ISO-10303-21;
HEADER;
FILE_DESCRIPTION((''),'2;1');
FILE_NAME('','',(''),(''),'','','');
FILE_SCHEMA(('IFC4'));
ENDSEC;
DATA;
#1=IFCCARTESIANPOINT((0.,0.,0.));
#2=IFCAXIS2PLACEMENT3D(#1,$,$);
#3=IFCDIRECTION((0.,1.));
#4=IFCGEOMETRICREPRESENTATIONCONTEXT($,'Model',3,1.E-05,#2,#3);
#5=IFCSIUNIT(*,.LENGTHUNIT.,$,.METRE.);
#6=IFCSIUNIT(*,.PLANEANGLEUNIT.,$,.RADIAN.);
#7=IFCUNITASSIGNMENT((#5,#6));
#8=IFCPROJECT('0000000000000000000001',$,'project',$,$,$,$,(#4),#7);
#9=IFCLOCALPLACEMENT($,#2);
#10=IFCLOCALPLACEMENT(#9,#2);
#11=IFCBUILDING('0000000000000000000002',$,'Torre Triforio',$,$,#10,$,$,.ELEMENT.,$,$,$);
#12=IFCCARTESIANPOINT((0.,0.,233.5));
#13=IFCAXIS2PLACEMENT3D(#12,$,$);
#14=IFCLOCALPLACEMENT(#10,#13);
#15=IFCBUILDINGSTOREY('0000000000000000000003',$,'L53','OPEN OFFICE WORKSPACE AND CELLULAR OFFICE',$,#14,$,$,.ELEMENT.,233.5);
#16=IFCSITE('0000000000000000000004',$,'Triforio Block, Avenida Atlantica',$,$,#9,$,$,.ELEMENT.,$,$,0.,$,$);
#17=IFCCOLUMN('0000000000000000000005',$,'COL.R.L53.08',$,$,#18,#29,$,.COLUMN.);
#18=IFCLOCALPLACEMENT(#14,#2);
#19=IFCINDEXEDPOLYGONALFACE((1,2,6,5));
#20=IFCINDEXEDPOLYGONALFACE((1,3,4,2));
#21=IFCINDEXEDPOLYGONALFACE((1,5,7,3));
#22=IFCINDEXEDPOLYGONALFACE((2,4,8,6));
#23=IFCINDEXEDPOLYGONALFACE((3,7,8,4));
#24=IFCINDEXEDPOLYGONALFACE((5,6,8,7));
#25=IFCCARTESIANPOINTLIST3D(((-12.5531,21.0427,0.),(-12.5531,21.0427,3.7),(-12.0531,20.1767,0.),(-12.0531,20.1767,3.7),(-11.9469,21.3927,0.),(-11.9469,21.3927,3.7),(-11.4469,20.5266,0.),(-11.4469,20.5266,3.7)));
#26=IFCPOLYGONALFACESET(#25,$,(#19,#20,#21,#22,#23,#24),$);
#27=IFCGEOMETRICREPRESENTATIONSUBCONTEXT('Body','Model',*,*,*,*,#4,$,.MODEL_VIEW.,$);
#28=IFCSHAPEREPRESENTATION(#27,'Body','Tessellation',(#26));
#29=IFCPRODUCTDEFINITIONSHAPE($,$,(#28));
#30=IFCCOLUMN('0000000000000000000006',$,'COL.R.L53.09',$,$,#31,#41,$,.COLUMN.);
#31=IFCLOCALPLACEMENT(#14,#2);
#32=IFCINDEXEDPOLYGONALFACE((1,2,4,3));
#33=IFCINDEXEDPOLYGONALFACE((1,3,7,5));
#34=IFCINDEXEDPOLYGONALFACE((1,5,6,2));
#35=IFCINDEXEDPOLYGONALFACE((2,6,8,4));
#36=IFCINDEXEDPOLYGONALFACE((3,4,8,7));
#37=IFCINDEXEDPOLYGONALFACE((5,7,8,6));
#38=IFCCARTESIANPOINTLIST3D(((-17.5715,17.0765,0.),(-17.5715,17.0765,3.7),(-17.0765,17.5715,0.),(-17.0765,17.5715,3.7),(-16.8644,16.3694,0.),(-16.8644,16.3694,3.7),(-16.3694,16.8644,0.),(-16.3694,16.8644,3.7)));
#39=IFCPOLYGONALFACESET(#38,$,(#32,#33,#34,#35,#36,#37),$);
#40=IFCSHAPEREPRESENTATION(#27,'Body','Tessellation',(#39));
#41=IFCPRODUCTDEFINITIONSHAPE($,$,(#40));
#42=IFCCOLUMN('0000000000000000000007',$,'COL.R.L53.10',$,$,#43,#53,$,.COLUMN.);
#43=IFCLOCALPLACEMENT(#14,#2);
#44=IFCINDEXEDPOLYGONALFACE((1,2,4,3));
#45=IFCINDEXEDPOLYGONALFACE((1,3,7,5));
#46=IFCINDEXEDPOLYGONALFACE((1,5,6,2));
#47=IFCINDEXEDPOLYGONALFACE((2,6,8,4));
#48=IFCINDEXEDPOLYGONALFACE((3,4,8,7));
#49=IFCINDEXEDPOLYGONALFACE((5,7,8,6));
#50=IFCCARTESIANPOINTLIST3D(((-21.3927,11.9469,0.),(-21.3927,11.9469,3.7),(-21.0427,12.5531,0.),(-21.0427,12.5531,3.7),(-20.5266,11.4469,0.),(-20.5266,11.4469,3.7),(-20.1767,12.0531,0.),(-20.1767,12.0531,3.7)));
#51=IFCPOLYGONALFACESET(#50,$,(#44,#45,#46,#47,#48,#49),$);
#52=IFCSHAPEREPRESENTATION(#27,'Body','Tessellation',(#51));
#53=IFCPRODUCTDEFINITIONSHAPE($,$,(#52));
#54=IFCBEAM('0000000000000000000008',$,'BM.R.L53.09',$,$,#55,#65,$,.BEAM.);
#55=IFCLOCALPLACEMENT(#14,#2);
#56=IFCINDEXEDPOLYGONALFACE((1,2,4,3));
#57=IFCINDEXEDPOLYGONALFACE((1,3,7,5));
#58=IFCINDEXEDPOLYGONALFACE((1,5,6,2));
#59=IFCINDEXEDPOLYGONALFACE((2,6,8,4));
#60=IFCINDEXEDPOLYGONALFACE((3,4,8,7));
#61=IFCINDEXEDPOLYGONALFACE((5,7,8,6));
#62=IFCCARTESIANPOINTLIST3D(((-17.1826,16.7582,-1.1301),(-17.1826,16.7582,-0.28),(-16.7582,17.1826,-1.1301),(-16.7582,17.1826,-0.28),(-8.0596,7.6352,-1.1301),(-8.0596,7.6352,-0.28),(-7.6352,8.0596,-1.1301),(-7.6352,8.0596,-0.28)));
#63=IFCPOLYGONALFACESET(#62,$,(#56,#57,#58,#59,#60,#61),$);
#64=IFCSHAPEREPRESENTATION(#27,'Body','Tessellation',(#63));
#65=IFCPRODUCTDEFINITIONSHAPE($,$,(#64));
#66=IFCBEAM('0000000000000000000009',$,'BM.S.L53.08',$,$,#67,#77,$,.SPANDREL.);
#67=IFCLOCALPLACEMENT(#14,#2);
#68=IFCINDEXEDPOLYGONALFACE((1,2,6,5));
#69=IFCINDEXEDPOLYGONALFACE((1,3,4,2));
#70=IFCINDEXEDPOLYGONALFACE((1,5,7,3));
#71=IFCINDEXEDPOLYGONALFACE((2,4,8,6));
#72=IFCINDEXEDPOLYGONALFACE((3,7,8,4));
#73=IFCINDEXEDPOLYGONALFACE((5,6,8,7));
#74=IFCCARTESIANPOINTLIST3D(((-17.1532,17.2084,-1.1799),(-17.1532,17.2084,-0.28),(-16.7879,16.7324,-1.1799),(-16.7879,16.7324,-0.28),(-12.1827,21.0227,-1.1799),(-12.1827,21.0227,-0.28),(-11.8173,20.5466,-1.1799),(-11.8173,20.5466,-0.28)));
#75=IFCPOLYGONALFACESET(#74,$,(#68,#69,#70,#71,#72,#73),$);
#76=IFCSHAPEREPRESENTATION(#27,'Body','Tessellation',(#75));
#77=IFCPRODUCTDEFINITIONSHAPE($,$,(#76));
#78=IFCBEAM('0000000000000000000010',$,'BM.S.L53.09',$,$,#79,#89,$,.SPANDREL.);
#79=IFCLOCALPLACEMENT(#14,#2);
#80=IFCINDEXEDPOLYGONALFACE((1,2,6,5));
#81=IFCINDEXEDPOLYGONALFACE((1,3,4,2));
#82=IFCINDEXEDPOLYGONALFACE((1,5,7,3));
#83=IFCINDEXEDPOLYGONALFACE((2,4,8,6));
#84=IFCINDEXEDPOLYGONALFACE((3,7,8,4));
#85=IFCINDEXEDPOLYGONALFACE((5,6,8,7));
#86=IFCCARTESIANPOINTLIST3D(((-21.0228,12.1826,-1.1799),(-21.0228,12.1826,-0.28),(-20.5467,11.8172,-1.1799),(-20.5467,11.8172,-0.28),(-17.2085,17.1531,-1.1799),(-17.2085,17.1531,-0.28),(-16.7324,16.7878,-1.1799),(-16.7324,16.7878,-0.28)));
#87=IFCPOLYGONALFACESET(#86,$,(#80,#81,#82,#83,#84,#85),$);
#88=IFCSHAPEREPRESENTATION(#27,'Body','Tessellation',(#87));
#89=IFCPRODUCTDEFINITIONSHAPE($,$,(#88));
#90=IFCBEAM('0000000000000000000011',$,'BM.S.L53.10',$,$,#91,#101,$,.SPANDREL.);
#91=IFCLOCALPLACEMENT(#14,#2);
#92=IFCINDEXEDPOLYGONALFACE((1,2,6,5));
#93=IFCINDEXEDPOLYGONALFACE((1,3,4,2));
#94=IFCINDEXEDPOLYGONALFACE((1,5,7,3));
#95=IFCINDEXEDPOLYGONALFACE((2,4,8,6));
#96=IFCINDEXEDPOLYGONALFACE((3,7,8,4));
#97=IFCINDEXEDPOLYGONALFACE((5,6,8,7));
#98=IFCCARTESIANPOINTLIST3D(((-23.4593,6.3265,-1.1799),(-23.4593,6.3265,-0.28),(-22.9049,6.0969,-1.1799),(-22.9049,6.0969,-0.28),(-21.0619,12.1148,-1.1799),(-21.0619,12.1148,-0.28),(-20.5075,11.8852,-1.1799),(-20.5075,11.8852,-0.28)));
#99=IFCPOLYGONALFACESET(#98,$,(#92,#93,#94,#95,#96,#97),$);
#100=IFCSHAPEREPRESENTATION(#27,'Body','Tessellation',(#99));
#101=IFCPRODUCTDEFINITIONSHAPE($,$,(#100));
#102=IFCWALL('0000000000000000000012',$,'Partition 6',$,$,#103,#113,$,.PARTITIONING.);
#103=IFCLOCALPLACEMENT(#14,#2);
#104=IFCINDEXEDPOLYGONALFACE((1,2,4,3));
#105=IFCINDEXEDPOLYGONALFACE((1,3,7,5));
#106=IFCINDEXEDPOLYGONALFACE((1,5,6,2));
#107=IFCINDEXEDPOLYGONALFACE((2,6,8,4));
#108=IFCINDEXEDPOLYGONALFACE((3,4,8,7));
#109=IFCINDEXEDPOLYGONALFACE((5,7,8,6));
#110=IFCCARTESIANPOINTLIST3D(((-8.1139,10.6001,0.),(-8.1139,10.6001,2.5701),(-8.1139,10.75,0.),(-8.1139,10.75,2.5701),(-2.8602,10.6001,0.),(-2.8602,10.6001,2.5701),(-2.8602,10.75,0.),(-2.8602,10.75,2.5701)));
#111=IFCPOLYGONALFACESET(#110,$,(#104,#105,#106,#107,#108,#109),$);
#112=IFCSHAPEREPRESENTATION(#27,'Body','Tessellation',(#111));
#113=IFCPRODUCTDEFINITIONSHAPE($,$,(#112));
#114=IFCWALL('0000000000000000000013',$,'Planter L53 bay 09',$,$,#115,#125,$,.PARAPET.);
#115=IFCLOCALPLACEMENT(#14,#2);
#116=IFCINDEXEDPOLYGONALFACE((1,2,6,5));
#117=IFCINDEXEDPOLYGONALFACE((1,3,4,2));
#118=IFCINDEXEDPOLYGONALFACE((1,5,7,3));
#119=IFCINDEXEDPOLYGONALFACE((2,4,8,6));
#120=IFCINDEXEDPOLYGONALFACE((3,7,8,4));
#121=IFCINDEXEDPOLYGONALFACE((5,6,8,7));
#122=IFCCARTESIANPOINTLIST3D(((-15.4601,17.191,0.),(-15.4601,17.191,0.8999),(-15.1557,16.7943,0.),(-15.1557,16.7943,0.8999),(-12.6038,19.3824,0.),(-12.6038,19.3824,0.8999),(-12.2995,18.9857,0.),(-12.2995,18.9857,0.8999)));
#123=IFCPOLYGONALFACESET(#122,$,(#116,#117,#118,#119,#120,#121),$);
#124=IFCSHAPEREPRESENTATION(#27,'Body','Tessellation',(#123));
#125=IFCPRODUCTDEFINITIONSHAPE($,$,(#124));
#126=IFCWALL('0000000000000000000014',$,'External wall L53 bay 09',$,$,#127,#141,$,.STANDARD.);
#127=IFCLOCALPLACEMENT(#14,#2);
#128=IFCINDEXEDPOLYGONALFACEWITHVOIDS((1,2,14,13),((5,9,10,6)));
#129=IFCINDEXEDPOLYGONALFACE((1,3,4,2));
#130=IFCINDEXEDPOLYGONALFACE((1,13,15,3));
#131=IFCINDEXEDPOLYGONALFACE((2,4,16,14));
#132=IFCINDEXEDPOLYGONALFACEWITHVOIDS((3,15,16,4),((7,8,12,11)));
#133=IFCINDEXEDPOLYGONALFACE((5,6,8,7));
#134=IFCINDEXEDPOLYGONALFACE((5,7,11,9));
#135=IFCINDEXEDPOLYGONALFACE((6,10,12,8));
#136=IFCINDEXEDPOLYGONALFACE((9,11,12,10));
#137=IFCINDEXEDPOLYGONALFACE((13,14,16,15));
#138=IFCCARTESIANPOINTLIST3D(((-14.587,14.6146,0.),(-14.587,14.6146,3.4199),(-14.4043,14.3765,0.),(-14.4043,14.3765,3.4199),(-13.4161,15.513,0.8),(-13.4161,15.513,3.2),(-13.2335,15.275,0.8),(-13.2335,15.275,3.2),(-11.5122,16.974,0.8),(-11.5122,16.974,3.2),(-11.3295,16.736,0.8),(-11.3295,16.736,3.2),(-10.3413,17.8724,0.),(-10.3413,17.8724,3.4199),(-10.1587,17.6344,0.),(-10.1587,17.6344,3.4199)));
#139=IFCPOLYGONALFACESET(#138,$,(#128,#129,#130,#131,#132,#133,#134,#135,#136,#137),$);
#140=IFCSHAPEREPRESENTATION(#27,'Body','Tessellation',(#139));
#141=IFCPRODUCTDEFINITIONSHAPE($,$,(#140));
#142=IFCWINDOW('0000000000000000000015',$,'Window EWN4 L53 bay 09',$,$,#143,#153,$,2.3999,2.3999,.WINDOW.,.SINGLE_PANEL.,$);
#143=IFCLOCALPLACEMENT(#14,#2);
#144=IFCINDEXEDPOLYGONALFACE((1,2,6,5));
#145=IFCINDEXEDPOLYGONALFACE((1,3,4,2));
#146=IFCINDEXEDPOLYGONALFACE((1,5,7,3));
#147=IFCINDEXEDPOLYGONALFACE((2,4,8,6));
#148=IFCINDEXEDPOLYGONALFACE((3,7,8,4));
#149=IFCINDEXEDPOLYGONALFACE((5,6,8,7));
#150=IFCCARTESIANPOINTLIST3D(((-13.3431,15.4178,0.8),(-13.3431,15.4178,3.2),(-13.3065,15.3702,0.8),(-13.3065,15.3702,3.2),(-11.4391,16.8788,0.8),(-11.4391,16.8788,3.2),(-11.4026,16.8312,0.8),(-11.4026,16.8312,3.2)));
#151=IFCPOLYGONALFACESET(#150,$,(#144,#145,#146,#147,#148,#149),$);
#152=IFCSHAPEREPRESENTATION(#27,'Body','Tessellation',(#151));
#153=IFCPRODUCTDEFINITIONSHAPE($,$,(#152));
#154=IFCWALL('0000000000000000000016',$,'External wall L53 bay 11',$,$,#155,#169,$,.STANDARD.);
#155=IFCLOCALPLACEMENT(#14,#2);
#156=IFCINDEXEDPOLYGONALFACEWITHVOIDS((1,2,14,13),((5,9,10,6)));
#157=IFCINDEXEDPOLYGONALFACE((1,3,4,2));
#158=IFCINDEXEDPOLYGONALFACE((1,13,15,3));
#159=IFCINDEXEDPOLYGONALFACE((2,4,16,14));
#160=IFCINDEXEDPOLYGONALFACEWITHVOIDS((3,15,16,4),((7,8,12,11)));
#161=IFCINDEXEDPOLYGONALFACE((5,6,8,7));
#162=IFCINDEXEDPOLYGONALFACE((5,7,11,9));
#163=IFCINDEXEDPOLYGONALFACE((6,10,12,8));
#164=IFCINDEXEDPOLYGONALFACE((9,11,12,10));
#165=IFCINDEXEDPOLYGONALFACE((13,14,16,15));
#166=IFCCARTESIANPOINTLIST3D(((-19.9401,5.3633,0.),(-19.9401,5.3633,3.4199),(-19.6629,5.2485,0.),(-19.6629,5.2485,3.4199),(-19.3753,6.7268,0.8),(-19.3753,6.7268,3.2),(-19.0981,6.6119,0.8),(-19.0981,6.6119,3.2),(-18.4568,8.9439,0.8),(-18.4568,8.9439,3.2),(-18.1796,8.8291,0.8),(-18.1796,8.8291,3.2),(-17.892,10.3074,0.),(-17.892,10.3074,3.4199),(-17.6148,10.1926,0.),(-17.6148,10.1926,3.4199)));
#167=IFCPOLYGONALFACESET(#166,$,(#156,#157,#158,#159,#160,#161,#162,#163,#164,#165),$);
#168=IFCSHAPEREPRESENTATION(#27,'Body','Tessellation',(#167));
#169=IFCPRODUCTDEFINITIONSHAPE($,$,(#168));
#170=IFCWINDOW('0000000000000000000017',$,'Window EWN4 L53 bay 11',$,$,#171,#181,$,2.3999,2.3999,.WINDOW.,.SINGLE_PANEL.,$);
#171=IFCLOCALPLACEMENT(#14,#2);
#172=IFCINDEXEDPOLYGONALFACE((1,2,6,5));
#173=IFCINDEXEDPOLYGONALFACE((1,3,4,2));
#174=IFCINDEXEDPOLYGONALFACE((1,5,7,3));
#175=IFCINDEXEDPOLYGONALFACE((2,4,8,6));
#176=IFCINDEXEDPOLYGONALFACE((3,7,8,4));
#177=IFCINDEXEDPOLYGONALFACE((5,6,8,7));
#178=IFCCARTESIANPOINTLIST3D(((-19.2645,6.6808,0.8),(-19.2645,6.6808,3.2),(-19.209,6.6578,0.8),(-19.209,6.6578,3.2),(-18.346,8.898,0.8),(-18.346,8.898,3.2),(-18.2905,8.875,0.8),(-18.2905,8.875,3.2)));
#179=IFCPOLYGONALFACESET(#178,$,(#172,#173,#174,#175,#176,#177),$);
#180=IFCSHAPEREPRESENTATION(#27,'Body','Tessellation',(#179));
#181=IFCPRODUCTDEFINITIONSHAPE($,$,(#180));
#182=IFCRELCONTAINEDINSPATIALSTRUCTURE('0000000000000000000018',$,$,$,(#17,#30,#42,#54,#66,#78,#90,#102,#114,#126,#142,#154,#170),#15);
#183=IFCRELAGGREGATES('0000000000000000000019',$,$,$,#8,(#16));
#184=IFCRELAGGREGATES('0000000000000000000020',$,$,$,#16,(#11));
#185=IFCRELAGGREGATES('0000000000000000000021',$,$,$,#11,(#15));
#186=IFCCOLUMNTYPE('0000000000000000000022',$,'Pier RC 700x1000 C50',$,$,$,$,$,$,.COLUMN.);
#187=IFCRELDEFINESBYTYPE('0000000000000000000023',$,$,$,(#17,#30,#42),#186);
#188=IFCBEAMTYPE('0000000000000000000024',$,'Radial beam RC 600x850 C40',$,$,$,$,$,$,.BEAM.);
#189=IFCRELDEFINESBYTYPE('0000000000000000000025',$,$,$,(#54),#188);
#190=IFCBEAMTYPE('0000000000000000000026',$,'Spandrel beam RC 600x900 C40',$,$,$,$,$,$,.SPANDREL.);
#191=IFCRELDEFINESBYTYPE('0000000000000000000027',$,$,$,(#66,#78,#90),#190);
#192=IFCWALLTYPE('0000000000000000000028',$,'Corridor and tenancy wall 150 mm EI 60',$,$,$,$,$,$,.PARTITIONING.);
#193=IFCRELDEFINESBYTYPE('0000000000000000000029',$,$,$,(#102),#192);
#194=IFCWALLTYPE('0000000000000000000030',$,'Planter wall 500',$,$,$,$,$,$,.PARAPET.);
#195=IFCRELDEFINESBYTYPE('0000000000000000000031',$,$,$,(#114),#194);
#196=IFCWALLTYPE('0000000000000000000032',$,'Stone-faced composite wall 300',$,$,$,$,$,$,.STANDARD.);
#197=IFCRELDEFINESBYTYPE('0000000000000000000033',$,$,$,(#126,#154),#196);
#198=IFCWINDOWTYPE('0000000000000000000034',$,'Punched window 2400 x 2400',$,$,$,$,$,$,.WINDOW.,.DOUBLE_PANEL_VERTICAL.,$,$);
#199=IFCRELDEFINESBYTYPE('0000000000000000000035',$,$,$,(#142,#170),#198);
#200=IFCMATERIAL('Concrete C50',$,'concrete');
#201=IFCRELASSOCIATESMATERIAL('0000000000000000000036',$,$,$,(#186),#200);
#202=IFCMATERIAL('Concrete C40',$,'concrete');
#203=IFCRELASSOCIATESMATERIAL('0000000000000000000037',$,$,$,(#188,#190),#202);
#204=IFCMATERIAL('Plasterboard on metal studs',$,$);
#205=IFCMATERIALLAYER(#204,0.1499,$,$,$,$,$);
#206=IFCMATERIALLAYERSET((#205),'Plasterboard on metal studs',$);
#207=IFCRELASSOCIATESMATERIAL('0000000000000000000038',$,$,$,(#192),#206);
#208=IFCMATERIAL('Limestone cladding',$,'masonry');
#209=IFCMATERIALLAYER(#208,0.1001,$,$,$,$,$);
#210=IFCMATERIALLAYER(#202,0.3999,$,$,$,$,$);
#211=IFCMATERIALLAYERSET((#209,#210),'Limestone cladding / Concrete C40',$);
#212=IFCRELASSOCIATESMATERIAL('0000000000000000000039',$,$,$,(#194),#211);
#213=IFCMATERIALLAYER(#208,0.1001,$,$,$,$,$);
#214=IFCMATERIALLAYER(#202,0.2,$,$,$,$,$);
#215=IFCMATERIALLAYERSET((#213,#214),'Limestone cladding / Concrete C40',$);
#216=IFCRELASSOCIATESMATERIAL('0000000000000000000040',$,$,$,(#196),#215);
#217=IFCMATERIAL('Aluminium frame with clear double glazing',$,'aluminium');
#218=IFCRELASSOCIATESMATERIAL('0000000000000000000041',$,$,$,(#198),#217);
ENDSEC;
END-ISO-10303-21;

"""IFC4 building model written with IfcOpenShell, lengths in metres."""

from ifc_helpers import new_model, si_unit, direction, frame, frame_2d, origin, origin_2d, place, context, subcontext, project, spatial, rectangle, extrude, material, layer, layer_set, material_profile, profile_set, type_object, element, fill, save


model = new_model("IFC4")

# Units and contexts
model_context = context("Model", 3, precision=1e-05, world=origin(), true_north=direction((0.0, 1.0)))
body_context = subcontext(model_context, "Body", "Model", "MODEL_VIEW")
ifc_project = project(units=[si_unit("LENGTHUNIT", "METRE"), si_unit("PLANEANGLEUNIT", "RADIAN")], contexts=[model_context])

# Site, building, storey
site_placement = place(None, origin())
site = spatial("IfcSite", under=ifc_project, at=site_placement, Name="Triforio Block, Avenida Atlantica", CompositionType="ELEMENT", RefElevation=0.0)
building_placement = place(site_placement, origin())
building = spatial("IfcBuilding", under=site, at=building_placement, Name="Torre Triforio", CompositionType="ELEMENT")
storey_placement = place(building_placement, frame((0.0, 0.0, 233.5)))
storey = spatial("IfcBuildingStorey", under=building, at=storey_placement, Name="L53", Description="OPEN OFFICE WORKSPACE AND CELLULAR OFFICE", CompositionType="ELEMENT", Elevation=233.5)

# Columns
ifc_material_1 = material(Name="Concrete C50", Category="concrete")
ifc_material_profile_1 = material_profile(ifc_material_1, rectangle(XDim=0.7, YDim=1.0, at=origin_2d()), Name="RC 700x1000")
ifc_profile_set_1 = profile_set([ifc_material_profile_1], Name="Concrete C50")
column_type = type_object("IfcColumnType", Name="Pier RC 700x1000 C50", PredefinedType="COLUMN", material=ifc_profile_set_1)
for number, where, z_axis, x_axis, name in (
    (1, (-12.0, 20.7847, 0.0), (0.0, 0.0, 1.0), (-0.866025, -0.5, 0.0), "COL.R.L53.08"),
    (2, (-16.9705, 16.9705, 0.0), (0.0, 0.0, 1.0), (-0.707107, -0.707107, 0.0), "COL.R.L53.09"),
    (3, (-20.7847, 12.0, 0.0), (0.0, 0.0, 1.0), (-0.5, -0.866025, 0.0), "COL.R.L53.10"),
):
    element("IfcColumn", number, at=place(storey_placement, frame(where, z_axis=z_axis, x_axis=x_axis)), inside=storey, type_object=column_type, Name=name, PredefinedType="COLUMN", context=body_context, shape_type="SweptSolid", body=[
        extrude(rectangle(XDim=0.7, YDim=1.0, at=origin_2d()), origin(), (0.0, 0.0, 1.0), 3.7),
    ])

# Beams
ifc_material_2 = material(Name="Concrete C40", Category="concrete")
ifc_material_profile_2 = material_profile(ifc_material_2, rectangle(XDim=0.6001, YDim=0.8501, at=origin_2d()), Name="RC 600x850")
ifc_profile_set_2 = profile_set([ifc_material_profile_2], Name="Concrete C40")
beam_type_1 = type_object("IfcBeamType", Name="Radial beam RC 600x850 C40", PredefinedType="BEAM", material=ifc_profile_set_2)
beam_1_placement = place(storey_placement, frame((-7.8474, 7.8474, -0.7051), z_axis=(-0.707107, 0.707107, 0.0), x_axis=(-0.707107, -0.707107, 0.0)))
element("IfcBeam", 4, at=beam_1_placement, inside=storey, type_object=beam_type_1, Name="BM.R.L53.09", PredefinedType="BEAM", context=body_context, shape_type="SweptSolid", body=[
    extrude(rectangle(XDim=0.6001, YDim=0.8501, at=origin_2d()), origin(), (0.0, 0.0, 1.0), 12.9019),
])
ifc_material_profile_3 = material_profile(ifc_material_2, rectangle(XDim=0.6001, YDim=0.8999, at=origin_2d()), Name="RC 600x900")
ifc_profile_set_3 = profile_set([ifc_material_profile_3], Name="Concrete C40")
beam_type_2 = type_object("IfcBeamType", Name="Spandrel beam RC 600x900 C40", PredefinedType="SPANDREL", material=ifc_profile_set_3)
for number, where, z_axis, x_axis, name in (
    (5, (-12.0, 20.7847, -0.73), (-0.793335, -0.608786, 0.0), (0.608786, -0.793335, 0.0), "BM.S.L53.08"),
    (6, (-16.9705, 16.9705, -0.73), (-0.608786, -0.793335, 0.0), (0.793335, -0.608786, 0.0), "BM.S.L53.09"),
):
    element("IfcBeam", number, at=place(storey_placement, frame(where, z_axis=z_axis, x_axis=x_axis)), inside=storey, type_object=beam_type_2, Name=name, PredefinedType="SPANDREL", context=body_context, shape_type="SweptSolid", body=[
        extrude(rectangle(XDim=0.6001, YDim=0.8999, at=origin_2d()), origin(), (0.0, 0.0, 1.0), 6.2654),
    ])
beam_2_placement = place(storey_placement, frame((-20.7847, 12.0, -0.73), z_axis=(-0.382664, -0.923888, 0.0), x_axis=(0.923888, -0.382664, 0.0)))
element("IfcBeam", 7, at=beam_2_placement, inside=storey, type_object=beam_type_2, Name="BM.S.L53.10", PredefinedType="SPANDREL", context=body_context, shape_type="SweptSolid", body=[
    extrude(rectangle(XDim=0.6001, YDim=0.8999, at=origin_2d()), origin(), (0.0, 0.0, 1.0), 6.2651),
])

# Walls
ifc_material_3 = material(Name="Plasterboard on metal studs")
ifc_layer_1 = layer(ifc_material_3, 0.1499)
ifc_layer_set_1 = layer_set([ifc_layer_1], Name="Plasterboard on metal studs")
wall_type_1 = type_object("IfcWallType", Name="Corridor and tenancy wall 150 mm EI 60", PredefinedType="PARTITIONING", material=ifc_layer_set_1)
wall_1_placement = place(storey_placement, frame((-8.114, 10.675, 0.0), z_axis=(0.0, 0.0, 1.0), x_axis=(1.0, 0.0, 0.0)))
element("IfcWall", 8, at=wall_1_placement, inside=storey, type_object=wall_type_1, Name="Partition 6", PredefinedType="PARTITIONING", context=body_context, shape_type="SweptSolid", body=[
    extrude(rectangle(XDim=5.2537, YDim=0.1499, at=frame_2d((2.627, 0.0))), origin(), (0.0, 0.0, 1.0), 2.5701),
])
ifc_material_4 = material(Name="Limestone cladding", Category="masonry")
ifc_layer_2 = layer(ifc_material_4, 0.1001)
ifc_layer_3 = layer(ifc_material_2, 0.3999)
ifc_layer_set_2 = layer_set([ifc_layer_2, ifc_layer_3], Name="Limestone cladding / Concrete C40")
wall_type_2 = type_object("IfcWallType", Name="Planter wall 500", PredefinedType="PARAPET", material=ifc_layer_set_2)
wall_2_placement = place(storey_placement, frame((-12.4517, 19.1841, 0.0), z_axis=(0.0, 0.0, 1.0), x_axis=(-0.793385, -0.608721, 0.0)))
element("IfcWall", 9, at=wall_2_placement, inside=storey, type_object=wall_type_2, Name="Planter L53 bay 09", PredefinedType="PARAPET", context=body_context, shape_type="SweptSolid", body=[
    extrude(rectangle(XDim=3.6001, YDim=0.5, at=frame_2d((1.8, 0.0))), origin(), (0.0, 0.0, 1.0), 0.8999),
])

# Wall, opening, window
ifc_layer_4 = layer(ifc_material_4, 0.1001)
ifc_layer_5 = layer(ifc_material_2, 0.2)
ifc_layer_set_3 = layer_set([ifc_layer_4, ifc_layer_5], Name="Limestone cladding / Concrete C40")
wall_type_3 = type_object("IfcWallType", Name="Stone-faced composite wall 300", PredefinedType="STANDARD", material=ifc_layer_set_3)
wall_3_placement = place(storey_placement, frame((-10.25, 17.7534, 0.0), z_axis=(0.0, 0.0, 1.0), x_axis=(-0.793349, -0.608767, 0.0)))
wall_3 = element("IfcWall", 10, at=wall_3_placement, inside=storey, type_object=wall_type_3, Name="External wall L53 bay 09", PredefinedType="STANDARD", context=body_context, shape_type="SweptSolid", body=[
    extrude(rectangle(XDim=5.3516, YDim=0.3, at=frame_2d((2.6758, 0.0))), origin(), (0.0, 0.0, 1.0), 3.4199),
])
opening_1_placement = place(wall_3_placement, frame((1.4758, 0.0, 0.8)))
opening_1 = element("IfcOpeningElement", 11, at=opening_1_placement, cuts=wall_3, PredefinedType="OPENING", context=body_context, shape_type="SweptSolid", body=[
    extrude(rectangle(XDim=2.3999, YDim=2.3999, at=frame_2d((1.2, 1.2))), frame((0.0, 0.1599, 0.0), z_axis=(0.0, -1.0, 0.0), x_axis=(1.0, 0.0, 0.0)), (0.0, 0.0, 1.0), 0.3201),
])
ifc_material_5 = material(Name="Aluminium frame with clear double glazing", Category="aluminium")
window_type_1 = type_object("IfcWindowType", Name="Punched window 2400 x 2400", PartitioningType="DOUBLE_PANEL_VERTICAL", PredefinedType="WINDOW", material=ifc_material_5)
window_1_placement = place(opening_1_placement, origin())
window_1 = element("IfcWindow", 12, at=window_1_placement, inside=storey, type_object=window_type_1, Name="Window EWN4 L53 bay 09", OverallHeight=2.3999, OverallWidth=2.3999, PartitioningType="SINGLE_PANEL", PredefinedType="WINDOW", context=body_context, shape_type="SweptSolid", body=[
    extrude(rectangle(XDim=2.3999, YDim=2.3999, at=frame_2d((1.2, 1.2))), frame((0.0, 0.03, 0.0), z_axis=(0.0, -1.0, 0.0), x_axis=(1.0, 0.0, 0.0)), (0.0, 0.0, 1.0), 0.0601),
])
fill(opening_1, window_1)

# Wall, opening, window
wall_4_placement = place(storey_placement, frame((-17.7534, 10.25, 0.0), z_axis=(0.0, 0.0, 1.0), x_axis=(-0.382713, -0.923867, 0.0)))
wall_4 = element("IfcWall", 13, at=wall_4_placement, inside=storey, type_object=wall_type_3, Name="External wall L53 bay 11", PredefinedType="STANDARD", context=body_context, shape_type="SweptSolid", body=[
    extrude(rectangle(XDim=5.3516, YDim=0.3, at=frame_2d((2.6758, 0.0))), origin(), (0.0, 0.0, 1.0), 3.4199),
])
opening_2_placement = place(wall_4_placement, frame((1.4758, 0.0, 0.8)))
opening_2 = element("IfcOpeningElement", 14, at=opening_2_placement, cuts=wall_4, PredefinedType="OPENING", context=body_context, shape_type="SweptSolid", body=[
    extrude(rectangle(XDim=2.3999, YDim=2.3999, at=frame_2d((1.2, 1.2))), frame((0.0, 0.1599, 0.0), z_axis=(0.0, -1.0, 0.0), x_axis=(1.0, 0.0, 0.0)), (0.0, 0.0, 1.0), 0.3201),
])
window_2_placement = place(opening_2_placement, origin())
window_2 = element("IfcWindow", 15, at=window_2_placement, inside=storey, type_object=window_type_1, Name="Window EWN4 L53 bay 11", OverallHeight=2.3999, OverallWidth=2.3999, PartitioningType="SINGLE_PANEL", PredefinedType="WINDOW", context=body_context, shape_type="SweptSolid", body=[
    extrude(rectangle(XDim=2.3999, YDim=2.3999, at=frame_2d((1.2, 1.2))), frame((0.0, 0.03, 0.0), z_axis=(0.0, -1.0, 0.0), x_axis=(1.0, 0.0, 0.0)), (0.0, 0.0, 1.0), 0.0601),
])
fill(opening_2, window_2)

save(model, "model.ifc")
